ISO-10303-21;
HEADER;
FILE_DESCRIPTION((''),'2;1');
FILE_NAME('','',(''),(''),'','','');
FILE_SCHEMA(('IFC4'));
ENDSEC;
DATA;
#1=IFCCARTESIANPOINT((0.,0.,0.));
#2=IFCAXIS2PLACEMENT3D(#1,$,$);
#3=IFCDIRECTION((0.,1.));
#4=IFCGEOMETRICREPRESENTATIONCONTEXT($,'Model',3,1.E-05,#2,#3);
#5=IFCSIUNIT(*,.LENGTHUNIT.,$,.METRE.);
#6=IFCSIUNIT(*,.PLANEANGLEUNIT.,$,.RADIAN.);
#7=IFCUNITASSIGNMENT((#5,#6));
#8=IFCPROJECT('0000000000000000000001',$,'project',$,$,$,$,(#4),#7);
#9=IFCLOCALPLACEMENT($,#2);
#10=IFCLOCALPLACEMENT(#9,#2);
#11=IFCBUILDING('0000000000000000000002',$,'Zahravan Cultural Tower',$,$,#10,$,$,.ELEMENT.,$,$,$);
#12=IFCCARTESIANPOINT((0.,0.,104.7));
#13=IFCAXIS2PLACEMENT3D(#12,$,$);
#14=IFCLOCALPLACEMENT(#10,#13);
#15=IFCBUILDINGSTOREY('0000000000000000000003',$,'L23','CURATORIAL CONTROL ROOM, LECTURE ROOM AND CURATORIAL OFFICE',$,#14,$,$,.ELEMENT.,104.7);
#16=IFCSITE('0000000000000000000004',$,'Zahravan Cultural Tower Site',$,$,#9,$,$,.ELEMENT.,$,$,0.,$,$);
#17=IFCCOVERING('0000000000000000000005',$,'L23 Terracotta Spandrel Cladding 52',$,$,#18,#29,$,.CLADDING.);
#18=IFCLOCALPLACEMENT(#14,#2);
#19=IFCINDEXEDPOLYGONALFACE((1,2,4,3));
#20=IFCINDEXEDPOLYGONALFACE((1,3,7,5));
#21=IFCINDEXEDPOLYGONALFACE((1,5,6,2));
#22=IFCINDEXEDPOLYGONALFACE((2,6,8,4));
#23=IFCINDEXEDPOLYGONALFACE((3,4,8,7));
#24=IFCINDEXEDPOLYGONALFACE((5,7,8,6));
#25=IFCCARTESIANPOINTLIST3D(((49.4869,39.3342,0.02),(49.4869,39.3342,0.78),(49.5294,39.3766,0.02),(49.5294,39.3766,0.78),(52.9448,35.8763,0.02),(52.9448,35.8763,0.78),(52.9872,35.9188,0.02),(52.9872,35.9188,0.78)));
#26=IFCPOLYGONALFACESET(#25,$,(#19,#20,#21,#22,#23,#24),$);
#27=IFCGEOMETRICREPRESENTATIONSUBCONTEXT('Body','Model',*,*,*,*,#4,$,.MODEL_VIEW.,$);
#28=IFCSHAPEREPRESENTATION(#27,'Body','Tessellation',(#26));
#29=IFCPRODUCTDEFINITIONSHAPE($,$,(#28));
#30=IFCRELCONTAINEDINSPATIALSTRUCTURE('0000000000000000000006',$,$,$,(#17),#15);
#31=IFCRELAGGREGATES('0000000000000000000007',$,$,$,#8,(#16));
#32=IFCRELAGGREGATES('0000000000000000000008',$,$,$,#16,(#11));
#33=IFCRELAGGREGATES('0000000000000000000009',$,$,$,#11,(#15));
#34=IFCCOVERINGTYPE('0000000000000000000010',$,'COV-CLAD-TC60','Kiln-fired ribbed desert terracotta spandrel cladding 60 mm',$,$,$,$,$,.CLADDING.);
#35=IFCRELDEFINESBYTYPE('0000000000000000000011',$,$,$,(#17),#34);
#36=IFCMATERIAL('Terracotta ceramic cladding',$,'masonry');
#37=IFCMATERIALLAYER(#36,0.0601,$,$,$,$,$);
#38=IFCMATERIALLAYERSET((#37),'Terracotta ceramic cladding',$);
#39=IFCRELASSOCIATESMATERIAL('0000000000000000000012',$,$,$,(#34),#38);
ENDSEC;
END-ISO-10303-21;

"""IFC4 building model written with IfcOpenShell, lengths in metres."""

from ifc_helpers import new_model, si_unit, direction, frame, origin, origin_2d, place, context, subcontext, project, spatial, rectangle, extrude, source, transform, mapped, material, layer, layer_set, type_object, element, save


model = new_model("IFC4")

# Units and contexts
model_context = context("Model", 3, precision=1e-05, world=origin(), true_north=direction((0.0, 1.0)))
body_context = subcontext(model_context, "Body", "Model", "MODEL_VIEW")
ifc_project = project(units=[si_unit("LENGTHUNIT", "METRE"), si_unit("PLANEANGLEUNIT", "RADIAN")], contexts=[model_context])

# Site, building, storey
site_placement = place(None, origin())
site = spatial("IfcSite", under=ifc_project, at=site_placement, Name="Zahravan Cultural Tower Site", CompositionType="ELEMENT", RefElevation=0.0)
building_placement = place(site_placement, origin())
building = spatial("IfcBuilding", under=site, at=building_placement, Name="Zahravan Cultural Tower", CompositionType="ELEMENT")
storey_placement = place(building_placement, frame((0.0, 0.0, 104.7)))
storey = spatial("IfcBuildingStorey", under=building, at=storey_placement, Name="L23", Description="CURATORIAL CONTROL ROOM, LECTURE ROOM AND CURATORIAL OFFICE", CompositionType="ELEMENT", Elevation=104.7)

# Covering
ifc_material_1 = material(Name="Terracotta ceramic cladding", Category="masonry")
ifc_layer_1 = layer(ifc_material_1, 0.0601)
ifc_layer_set_1 = layer_set([ifc_layer_1], Name="Terracotta ceramic cladding")
covering_type = type_object("IfcCoveringType", Name="COV-CLAD-TC60", Description="Kiln-fired ribbed desert terracotta spandrel cladding 60 mm", PredefinedType="CLADDING", material=ifc_layer_set_1)
shared_shape_1 = source(origin(), body_context, "Body", "SweptSolid", [
    extrude(rectangle(XDim=4.8901, YDim=0.0601, at=origin_2d()), origin(), (0.0, 0.0, 1.0), 0.76),
])
covering_1_placement = place(storey_placement, frame((51.2371, 37.6265, 0.02), z_axis=(0.0, 0.0, 1.0), x_axis=(0.707107, -0.707107, 0.0)))
element("IfcCovering", 1, at=covering_1_placement, inside=storey, type_object=covering_type, Name="L23 Terracotta Spandrel Cladding 52", PredefinedType="CLADDING", context=body_context, shape_type="MappedRepresentation", body=[
    mapped(shared_shape_1, transform((0.0, 0.0, 0.0), x_axis=(1.0, 0.0, 0.0), y_axis=(0.0, 1.0, 0.0), z_axis=(0.0, 0.0, 1.0), scale=1.0)),
])

save(model, "model.ifc")
